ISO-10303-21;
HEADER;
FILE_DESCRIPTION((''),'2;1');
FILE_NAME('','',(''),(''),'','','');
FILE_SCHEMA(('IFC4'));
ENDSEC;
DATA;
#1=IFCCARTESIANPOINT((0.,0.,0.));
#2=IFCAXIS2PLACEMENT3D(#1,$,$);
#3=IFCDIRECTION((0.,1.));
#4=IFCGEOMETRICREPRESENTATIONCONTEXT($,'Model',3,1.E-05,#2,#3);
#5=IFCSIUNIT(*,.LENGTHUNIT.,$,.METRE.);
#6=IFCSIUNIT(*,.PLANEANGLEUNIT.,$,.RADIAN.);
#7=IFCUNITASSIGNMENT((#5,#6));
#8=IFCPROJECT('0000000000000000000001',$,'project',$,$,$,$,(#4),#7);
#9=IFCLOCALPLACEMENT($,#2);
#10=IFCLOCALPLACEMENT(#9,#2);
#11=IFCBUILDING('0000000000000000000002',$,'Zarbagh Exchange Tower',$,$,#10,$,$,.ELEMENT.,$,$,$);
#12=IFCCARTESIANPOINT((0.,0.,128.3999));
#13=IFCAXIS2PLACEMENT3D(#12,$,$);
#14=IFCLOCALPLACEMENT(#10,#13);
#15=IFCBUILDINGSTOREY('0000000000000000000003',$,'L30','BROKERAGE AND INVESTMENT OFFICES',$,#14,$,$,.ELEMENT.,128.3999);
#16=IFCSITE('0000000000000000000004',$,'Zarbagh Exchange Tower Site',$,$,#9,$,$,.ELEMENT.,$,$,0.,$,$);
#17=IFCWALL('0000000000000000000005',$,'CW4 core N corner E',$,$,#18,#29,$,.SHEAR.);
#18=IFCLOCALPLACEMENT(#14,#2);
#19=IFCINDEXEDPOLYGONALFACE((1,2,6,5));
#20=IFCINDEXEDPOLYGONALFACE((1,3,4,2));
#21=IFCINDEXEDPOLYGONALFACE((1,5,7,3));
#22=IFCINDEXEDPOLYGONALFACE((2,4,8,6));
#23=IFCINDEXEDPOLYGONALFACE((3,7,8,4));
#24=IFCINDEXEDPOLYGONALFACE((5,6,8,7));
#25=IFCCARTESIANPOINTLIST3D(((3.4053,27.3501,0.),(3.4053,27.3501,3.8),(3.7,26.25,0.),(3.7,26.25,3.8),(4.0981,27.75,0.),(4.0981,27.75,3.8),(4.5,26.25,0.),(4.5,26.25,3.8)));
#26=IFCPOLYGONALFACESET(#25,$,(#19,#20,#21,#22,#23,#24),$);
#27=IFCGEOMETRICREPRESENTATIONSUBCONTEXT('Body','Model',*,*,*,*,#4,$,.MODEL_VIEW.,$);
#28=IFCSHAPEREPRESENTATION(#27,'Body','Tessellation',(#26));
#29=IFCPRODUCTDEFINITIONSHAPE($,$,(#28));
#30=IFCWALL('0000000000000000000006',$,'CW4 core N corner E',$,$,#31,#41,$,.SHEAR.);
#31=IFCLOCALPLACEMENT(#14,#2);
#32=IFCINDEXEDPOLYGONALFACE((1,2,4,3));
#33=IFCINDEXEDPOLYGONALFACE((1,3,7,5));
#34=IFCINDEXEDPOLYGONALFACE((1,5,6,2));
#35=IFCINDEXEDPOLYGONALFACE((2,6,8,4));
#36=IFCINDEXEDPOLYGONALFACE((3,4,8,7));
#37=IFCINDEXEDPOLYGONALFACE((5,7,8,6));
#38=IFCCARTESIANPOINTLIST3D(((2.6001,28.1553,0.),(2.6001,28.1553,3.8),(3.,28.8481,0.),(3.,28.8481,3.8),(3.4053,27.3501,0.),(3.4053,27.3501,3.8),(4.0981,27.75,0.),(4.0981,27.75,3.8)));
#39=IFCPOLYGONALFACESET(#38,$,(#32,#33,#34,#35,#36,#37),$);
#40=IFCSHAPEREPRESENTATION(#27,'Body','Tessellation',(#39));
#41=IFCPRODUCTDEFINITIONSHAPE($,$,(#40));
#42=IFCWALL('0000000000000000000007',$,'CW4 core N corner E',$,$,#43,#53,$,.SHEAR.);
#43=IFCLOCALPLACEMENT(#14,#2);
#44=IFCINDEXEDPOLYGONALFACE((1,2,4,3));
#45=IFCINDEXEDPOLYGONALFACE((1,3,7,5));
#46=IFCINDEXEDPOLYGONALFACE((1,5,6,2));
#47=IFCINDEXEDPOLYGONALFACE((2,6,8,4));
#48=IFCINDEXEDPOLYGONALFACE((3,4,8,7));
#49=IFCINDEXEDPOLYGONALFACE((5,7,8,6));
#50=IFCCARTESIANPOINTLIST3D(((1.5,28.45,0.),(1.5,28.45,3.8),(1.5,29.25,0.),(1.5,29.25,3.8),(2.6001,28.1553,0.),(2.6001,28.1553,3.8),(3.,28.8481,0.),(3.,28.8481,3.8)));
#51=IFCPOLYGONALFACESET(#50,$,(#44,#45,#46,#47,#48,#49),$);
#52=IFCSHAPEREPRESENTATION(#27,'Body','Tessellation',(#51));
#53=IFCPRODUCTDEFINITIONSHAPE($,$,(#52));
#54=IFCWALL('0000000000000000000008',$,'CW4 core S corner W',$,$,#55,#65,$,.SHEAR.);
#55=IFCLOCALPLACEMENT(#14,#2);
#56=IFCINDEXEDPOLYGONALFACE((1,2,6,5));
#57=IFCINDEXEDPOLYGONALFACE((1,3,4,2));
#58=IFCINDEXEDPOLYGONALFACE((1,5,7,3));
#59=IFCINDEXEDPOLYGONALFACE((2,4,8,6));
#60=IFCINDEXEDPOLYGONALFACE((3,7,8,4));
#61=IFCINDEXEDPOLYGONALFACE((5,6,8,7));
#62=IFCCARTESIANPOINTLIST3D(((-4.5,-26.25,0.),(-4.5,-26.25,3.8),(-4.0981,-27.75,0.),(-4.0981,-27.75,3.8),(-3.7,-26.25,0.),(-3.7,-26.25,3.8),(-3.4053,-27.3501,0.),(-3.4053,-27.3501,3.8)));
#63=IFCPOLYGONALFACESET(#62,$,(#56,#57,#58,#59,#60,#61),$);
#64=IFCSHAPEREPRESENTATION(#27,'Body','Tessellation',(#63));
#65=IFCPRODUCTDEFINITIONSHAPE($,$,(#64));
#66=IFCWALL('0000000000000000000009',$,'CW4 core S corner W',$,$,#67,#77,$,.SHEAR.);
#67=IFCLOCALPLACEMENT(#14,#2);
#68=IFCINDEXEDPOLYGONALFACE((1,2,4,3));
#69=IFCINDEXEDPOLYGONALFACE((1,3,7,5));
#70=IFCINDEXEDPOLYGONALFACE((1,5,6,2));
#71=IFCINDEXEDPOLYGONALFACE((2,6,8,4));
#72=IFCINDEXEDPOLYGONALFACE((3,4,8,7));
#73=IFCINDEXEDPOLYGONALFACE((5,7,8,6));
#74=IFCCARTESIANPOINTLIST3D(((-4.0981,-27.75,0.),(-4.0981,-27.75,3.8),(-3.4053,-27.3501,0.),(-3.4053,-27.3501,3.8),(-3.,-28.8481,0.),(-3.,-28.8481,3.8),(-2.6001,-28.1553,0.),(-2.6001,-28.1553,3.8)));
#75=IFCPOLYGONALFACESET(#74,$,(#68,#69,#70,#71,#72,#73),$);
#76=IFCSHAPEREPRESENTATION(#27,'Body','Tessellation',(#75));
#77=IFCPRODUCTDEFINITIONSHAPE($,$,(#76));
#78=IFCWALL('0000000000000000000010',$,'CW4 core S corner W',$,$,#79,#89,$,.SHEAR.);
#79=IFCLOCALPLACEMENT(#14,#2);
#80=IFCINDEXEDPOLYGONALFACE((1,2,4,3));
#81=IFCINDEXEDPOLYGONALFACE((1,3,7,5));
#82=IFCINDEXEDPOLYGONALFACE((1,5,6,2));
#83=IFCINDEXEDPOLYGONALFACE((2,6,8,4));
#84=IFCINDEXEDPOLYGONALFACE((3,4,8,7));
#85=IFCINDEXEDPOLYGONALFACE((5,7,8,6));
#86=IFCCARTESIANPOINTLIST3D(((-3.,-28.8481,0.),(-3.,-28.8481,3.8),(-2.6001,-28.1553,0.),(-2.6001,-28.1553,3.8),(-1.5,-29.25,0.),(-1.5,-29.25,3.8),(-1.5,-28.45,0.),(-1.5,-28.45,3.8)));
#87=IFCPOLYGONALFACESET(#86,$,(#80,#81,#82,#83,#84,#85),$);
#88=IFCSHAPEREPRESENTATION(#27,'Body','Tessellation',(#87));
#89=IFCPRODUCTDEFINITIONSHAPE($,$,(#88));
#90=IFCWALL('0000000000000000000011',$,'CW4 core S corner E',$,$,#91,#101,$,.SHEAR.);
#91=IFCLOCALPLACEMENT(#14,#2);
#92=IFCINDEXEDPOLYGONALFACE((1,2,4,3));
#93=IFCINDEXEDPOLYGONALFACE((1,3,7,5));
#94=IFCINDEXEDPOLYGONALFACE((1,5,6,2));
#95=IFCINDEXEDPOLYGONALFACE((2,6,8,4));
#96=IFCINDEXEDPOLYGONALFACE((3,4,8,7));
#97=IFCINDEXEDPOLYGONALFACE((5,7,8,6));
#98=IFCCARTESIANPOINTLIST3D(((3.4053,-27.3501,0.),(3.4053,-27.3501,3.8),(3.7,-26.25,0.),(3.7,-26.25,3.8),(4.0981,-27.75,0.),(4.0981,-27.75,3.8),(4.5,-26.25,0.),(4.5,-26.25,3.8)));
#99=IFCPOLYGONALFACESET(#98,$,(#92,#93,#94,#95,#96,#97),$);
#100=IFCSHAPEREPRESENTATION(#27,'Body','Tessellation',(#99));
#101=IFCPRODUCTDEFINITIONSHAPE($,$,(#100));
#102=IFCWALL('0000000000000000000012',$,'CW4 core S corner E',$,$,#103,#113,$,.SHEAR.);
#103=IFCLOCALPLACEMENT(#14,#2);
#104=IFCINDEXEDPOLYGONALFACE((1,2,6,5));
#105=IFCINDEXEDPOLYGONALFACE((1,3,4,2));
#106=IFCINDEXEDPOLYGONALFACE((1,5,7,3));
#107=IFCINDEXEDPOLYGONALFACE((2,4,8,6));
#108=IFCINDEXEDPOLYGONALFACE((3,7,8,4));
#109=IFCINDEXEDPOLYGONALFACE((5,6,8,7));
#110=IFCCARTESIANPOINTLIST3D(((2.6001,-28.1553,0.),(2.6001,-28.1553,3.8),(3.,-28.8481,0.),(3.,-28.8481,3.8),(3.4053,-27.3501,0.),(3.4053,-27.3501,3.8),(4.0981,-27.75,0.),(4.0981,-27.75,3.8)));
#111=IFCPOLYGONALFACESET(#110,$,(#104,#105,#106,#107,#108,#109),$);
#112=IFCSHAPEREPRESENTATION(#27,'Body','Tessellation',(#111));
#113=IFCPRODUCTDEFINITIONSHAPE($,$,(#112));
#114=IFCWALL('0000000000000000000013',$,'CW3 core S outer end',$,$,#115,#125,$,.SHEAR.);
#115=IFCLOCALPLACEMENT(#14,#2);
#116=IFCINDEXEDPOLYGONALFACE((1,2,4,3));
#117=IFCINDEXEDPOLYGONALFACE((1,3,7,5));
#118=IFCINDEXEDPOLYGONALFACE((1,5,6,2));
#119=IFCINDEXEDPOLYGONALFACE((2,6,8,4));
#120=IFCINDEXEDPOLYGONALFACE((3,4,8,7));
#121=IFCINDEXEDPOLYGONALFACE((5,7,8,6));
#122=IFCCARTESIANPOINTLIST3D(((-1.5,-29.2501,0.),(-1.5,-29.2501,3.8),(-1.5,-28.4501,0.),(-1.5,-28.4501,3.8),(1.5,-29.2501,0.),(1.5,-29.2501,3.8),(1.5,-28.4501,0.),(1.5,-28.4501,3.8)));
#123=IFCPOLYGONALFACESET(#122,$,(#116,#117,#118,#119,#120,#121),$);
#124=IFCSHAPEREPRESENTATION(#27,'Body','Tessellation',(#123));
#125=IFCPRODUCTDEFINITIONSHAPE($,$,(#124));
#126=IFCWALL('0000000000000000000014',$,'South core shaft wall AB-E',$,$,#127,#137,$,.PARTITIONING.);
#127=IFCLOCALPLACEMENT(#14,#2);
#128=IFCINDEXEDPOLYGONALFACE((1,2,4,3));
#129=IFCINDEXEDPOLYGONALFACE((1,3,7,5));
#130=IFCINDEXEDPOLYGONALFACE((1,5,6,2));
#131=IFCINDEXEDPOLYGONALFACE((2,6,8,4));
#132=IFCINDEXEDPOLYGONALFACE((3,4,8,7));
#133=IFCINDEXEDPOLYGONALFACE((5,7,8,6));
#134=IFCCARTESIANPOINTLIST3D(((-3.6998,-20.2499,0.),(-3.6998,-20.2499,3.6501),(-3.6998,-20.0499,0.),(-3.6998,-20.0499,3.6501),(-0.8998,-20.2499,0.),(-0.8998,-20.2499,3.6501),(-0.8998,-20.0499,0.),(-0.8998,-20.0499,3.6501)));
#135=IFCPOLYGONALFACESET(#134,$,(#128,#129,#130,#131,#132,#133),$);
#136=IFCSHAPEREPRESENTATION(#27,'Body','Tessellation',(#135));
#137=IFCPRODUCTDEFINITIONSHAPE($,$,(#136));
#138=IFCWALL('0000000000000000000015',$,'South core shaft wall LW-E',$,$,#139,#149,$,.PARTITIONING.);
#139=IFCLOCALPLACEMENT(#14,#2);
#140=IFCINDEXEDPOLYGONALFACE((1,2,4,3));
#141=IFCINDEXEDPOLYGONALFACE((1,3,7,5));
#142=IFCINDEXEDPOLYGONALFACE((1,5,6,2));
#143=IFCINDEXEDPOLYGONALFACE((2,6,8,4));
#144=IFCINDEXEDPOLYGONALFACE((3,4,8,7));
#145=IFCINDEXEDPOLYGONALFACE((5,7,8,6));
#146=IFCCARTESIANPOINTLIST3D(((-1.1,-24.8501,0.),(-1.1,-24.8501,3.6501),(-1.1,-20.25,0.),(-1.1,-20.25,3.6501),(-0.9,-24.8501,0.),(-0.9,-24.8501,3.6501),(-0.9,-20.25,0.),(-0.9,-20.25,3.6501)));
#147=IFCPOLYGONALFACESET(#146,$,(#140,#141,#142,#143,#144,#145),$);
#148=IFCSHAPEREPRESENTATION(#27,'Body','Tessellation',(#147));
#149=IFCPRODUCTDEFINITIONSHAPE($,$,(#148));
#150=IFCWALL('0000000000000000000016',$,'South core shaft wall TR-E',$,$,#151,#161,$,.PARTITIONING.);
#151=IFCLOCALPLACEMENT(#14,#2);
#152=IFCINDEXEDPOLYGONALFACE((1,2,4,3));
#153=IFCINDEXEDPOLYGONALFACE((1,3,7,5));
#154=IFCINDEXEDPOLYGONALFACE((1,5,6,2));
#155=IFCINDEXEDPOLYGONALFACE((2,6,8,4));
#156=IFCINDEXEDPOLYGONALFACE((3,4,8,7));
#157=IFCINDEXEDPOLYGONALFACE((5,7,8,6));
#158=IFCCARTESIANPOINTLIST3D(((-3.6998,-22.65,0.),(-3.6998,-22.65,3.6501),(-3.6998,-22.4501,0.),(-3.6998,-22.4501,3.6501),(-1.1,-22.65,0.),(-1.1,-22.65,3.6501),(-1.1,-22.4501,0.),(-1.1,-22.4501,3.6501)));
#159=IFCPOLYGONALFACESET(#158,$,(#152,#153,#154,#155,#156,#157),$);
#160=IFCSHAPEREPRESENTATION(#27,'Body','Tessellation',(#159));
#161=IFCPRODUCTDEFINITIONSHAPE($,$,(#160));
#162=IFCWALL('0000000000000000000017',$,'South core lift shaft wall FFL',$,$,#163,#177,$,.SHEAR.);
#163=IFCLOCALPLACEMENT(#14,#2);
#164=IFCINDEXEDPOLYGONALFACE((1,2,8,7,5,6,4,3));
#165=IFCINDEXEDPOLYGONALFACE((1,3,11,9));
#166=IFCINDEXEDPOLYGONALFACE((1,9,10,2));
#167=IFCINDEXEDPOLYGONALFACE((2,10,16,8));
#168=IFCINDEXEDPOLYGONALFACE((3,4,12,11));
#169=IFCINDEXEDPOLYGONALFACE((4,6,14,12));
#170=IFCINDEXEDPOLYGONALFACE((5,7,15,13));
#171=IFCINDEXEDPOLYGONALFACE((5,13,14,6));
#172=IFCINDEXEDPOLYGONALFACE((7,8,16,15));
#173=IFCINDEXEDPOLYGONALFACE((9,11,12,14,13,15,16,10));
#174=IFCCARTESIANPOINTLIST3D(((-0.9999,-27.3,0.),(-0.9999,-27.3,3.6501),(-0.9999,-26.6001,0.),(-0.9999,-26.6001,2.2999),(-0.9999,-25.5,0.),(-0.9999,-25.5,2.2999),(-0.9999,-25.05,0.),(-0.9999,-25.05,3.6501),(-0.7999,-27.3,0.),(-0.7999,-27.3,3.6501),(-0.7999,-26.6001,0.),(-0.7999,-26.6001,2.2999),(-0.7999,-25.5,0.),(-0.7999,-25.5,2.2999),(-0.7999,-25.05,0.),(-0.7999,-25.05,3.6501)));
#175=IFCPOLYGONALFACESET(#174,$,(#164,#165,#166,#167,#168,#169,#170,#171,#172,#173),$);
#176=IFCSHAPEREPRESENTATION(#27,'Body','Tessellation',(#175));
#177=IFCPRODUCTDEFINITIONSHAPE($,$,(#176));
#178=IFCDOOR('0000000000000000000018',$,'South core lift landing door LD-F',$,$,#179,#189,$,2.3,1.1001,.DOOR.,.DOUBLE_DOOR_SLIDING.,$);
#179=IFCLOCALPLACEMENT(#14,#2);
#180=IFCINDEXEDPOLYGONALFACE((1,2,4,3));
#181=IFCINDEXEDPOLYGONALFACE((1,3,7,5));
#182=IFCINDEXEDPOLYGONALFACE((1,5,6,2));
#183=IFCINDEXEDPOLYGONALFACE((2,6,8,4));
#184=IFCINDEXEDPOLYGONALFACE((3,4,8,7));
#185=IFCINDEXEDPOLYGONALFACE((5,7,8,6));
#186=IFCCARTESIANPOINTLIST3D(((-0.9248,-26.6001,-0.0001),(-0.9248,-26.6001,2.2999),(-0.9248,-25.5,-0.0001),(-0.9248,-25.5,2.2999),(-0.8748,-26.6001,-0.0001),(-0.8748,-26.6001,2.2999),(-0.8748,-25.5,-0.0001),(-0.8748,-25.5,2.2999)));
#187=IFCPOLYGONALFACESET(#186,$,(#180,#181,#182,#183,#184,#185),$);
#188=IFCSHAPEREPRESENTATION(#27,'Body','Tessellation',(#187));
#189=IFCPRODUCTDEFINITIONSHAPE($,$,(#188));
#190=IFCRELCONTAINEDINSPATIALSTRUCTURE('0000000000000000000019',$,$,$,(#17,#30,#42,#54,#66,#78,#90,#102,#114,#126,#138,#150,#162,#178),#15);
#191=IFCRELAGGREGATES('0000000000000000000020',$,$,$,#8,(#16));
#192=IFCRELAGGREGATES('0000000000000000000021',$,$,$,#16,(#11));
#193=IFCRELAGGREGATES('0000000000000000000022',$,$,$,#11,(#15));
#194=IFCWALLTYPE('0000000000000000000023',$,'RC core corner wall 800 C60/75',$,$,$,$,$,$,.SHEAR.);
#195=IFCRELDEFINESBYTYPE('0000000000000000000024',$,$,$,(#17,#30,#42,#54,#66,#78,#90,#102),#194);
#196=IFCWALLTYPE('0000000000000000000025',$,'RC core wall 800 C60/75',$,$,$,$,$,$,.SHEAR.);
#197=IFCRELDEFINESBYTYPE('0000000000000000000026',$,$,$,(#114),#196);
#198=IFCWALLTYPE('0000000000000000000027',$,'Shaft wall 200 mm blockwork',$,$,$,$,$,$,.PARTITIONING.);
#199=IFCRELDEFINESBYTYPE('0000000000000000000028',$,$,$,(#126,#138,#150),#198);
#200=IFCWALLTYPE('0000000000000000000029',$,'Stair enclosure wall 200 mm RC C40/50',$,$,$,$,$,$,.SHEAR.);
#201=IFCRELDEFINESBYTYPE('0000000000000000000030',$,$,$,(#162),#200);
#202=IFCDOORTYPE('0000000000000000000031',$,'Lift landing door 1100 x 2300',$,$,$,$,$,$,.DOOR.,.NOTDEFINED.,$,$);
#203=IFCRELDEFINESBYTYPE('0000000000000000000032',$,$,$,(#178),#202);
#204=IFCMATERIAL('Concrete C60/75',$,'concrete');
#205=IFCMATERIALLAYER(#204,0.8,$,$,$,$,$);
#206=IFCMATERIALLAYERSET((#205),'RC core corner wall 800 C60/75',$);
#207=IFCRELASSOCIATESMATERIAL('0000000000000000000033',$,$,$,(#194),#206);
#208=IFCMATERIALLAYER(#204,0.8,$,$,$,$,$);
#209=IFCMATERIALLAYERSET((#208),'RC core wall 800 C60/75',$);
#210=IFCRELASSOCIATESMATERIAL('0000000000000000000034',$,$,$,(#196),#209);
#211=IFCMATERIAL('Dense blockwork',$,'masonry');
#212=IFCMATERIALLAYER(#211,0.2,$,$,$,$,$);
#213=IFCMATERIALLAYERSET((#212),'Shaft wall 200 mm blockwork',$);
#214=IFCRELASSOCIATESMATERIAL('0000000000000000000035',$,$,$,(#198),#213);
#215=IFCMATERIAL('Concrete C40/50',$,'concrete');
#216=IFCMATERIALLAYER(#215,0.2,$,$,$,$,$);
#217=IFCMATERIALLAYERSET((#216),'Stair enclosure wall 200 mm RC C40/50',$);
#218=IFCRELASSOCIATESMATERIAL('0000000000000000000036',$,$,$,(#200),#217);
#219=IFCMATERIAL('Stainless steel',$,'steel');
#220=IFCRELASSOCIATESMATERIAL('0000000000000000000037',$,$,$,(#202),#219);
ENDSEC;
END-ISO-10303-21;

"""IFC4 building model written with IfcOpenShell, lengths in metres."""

from ifc_helpers import new_model, si_unit, direction, frame, frame_2d, origin, place, context, subcontext, project, spatial, polyline, rectangle, outline, extrude, material, layer, layer_set, type_object, element, fill, save


model = new_model("IFC4")

# Units and contexts
model_context = context("Model", 3, precision=1e-05, world=origin(), true_north=direction((0.0, 1.0)))
body_context = subcontext(model_context, "Body", "Model", "MODEL_VIEW")
ifc_project = project(units=[si_unit("LENGTHUNIT", "METRE"), si_unit("PLANEANGLEUNIT", "RADIAN")], contexts=[model_context])

# Site, building, storey
site_placement = place(None, origin())
site = spatial("IfcSite", under=ifc_project, at=site_placement, Name="Zarbagh Exchange Tower Site", CompositionType="ELEMENT", RefElevation=0.0)
building_placement = place(site_placement, origin())
building = spatial("IfcBuilding", under=site, at=building_placement, Name="Zarbagh Exchange Tower", CompositionType="ELEMENT")
storey_placement = place(building_placement, frame((0.0, 0.0, 128.3999)))
storey = spatial("IfcBuildingStorey", under=building, at=storey_placement, Name="L30", Description="BROKERAGE AND INVESTMENT OFFICES", CompositionType="ELEMENT", Elevation=128.3999)

# Shared definitions
ifc_material_1 = material(Name="Concrete C60/75", Category="concrete")

# Shared definitions
ifc_material_2 = material(Name="Concrete C40/50", Category="concrete")

# Walls
ifc_layer_1 = layer(ifc_material_1, 0.8)
ifc_layer_set_1 = layer_set([ifc_layer_1], Name="RC core corner wall 800 C60/75")
wall_type_1 = type_object("IfcWallType", Name="RC core corner wall 800 C60/75", PredefinedType="SHEAR", material=ifc_layer_set_1)
wall_1_placement = place(storey_placement, origin())
element("IfcWall", 1, at=wall_1_placement, inside=storey, type_object=wall_type_1, Name="CW4 core N corner E", PredefinedType="SHEAR", context=body_context, shape_type="SweptSolid", body=[
    extrude(outline(polyline([(4.5, 26.25), (4.0981, 27.75), (3.4053, 27.3501), (3.7, 26.25), (4.5, 26.25)])), origin(), (0.0, 0.0, 1.0), 3.8),
])
wall_2_placement = place(storey_placement, origin())
element("IfcWall", 2, at=wall_2_placement, inside=storey, type_object=wall_type_1, Name="CW4 core N corner E", PredefinedType="SHEAR", context=body_context, shape_type="SweptSolid", body=[
    extrude(outline(polyline([(4.0981, 27.75), (3.0, 28.8481), (2.6001, 28.1553), (3.4053, 27.3501), (4.0981, 27.75)])), origin(), (0.0, 0.0, 1.0), 3.8),
])
wall_3_placement = place(storey_placement, origin())
element("IfcWall", 3, at=wall_3_placement, inside=storey, type_object=wall_type_1, Name="CW4 core N corner E", PredefinedType="SHEAR", context=body_context, shape_type="SweptSolid", body=[
    extrude(outline(polyline([(3.0, 28.8481), (1.5, 29.25), (1.5, 28.45), (2.6001, 28.1553), (3.0, 28.8481)])), origin(), (0.0, 0.0, 1.0), 3.8),
])
wall_4_placement = place(storey_placement, origin())
element("IfcWall", 4, at=wall_4_placement, inside=storey, type_object=wall_type_1, Name="CW4 core S corner W", PredefinedType="SHEAR", context=body_context, shape_type="SweptSolid", body=[
    extrude(outline(polyline([(-4.5, -26.25), (-4.0981, -27.75), (-3.4053, -27.3501), (-3.7, -26.25), (-4.5, -26.25)])), origin(), (0.0, 0.0, 1.0), 3.8),
])
wall_5_placement = place(storey_placement, origin())
element("IfcWall", 5, at=wall_5_placement, inside=storey, type_object=wall_type_1, Name="CW4 core S corner W", PredefinedType="SHEAR", context=body_context, shape_type="SweptSolid", body=[
    extrude(outline(polyline([(-4.0981, -27.75), (-3.0, -28.8481), (-2.6001, -28.1553), (-3.4053, -27.3501), (-4.0981, -27.75)])), origin(), (0.0, 0.0, 1.0), 3.8),
])
wall_6_placement = place(storey_placement, origin())
element("IfcWall", 6, at=wall_6_placement, inside=storey, type_object=wall_type_1, Name="CW4 core S corner W", PredefinedType="SHEAR", context=body_context, shape_type="SweptSolid", body=[
    extrude(outline(polyline([(-3.0, -28.8481), (-1.5, -29.25), (-1.5, -28.45), (-2.6001, -28.1553), (-3.0, -28.8481)])), origin(), (0.0, 0.0, 1.0), 3.8),
])
wall_7_placement = place(storey_placement, origin())
element("IfcWall", 7, at=wall_7_placement, inside=storey, type_object=wall_type_1, Name="CW4 core S corner E", PredefinedType="SHEAR", context=body_context, shape_type="SweptSolid", body=[
    extrude(outline(polyline([(4.5, -26.25), (4.0981, -27.75), (3.4053, -27.3501), (3.7, -26.25), (4.5, -26.25)])), origin(), (0.0, 0.0, 1.0), 3.8),
])
wall_8_placement = place(storey_placement, origin())
element("IfcWall", 8, at=wall_8_placement, inside=storey, type_object=wall_type_1, Name="CW4 core S corner E", PredefinedType="SHEAR", context=body_context, shape_type="SweptSolid", body=[
    extrude(outline(polyline([(4.0981, -27.75), (3.0, -28.8481), (2.6001, -28.1553), (3.4053, -27.3501), (4.0981, -27.75)])), origin(), (0.0, 0.0, 1.0), 3.8),
])
ifc_layer_2 = layer(ifc_material_1, 0.8)
ifc_layer_set_2 = layer_set([ifc_layer_2], Name="RC core wall 800 C60/75")
wall_type_2 = type_object("IfcWallType", Name="RC core wall 800 C60/75", PredefinedType="SHEAR", material=ifc_layer_set_2)
wall_9_placement = place(storey_placement, frame((-1.5, -28.8501, 0.0), z_axis=(0.0, 0.0, 1.0), x_axis=(1.0, 0.0, 0.0)))
element("IfcWall", 9, at=wall_9_placement, inside=storey, type_object=wall_type_2, Name="CW3 core S outer end", PredefinedType="SHEAR", context=body_context, shape_type="SweptSolid", body=[
    extrude(rectangle(XDim=3.0, YDim=0.8, at=frame_2d((1.5, 0.0))), origin(), (0.0, 0.0, 1.0), 3.8),
])
ifc_material_3 = material(Name="Dense blockwork", Category="masonry")
ifc_layer_3 = layer(ifc_material_3, 0.2)
ifc_layer_set_3 = layer_set([ifc_layer_3], Name="Shaft wall 200 mm blockwork")
wall_type_3 = type_object("IfcWallType", Name="Shaft wall 200 mm blockwork", PredefinedType="PARTITIONING", material=ifc_layer_set_3)
wall_10_placement = place(storey_placement, frame((-0.8999, -20.1499, 0.0), z_axis=(0.0, 0.0, 1.0), x_axis=(-1.0, 0.0, 0.0)))
element("IfcWall", 10, at=wall_10_placement, inside=storey, type_object=wall_type_3, Name="South core shaft wall AB-E", PredefinedType="PARTITIONING", context=body_context, shape_type="SweptSolid", body=[
    extrude(rectangle(XDim=2.8, YDim=0.2, at=frame_2d((1.3999, 0.0))), origin(), (0.0, 0.0, 1.0), 3.6501),
])
wall_11_placement = place(storey_placement, frame((-1.0, -24.8501, 0.0), z_axis=(0.0, 0.0, 1.0), x_axis=(0.0, 1.0, 0.0)))
element("IfcWall", 11, at=wall_11_placement, inside=storey, type_object=wall_type_3, Name="South core shaft wall LW-E", PredefinedType="PARTITIONING", context=body_context, shape_type="SweptSolid", body=[
    extrude(rectangle(XDim=4.6001, YDim=0.2, at=frame_2d((2.3, 0.0))), origin(), (0.0, 0.0, 1.0), 3.6501),
])
wall_12_placement = place(storey_placement, frame((-1.1001, -22.55, 0.0), z_axis=(0.0, 0.0, 1.0), x_axis=(-1.0, 0.0, 0.0)))
element("IfcWall", 12, at=wall_12_placement, inside=storey, type_object=wall_type_3, Name="South core shaft wall TR-E", PredefinedType="PARTITIONING", context=body_context, shape_type="SweptSolid", body=[
    extrude(rectangle(XDim=2.5999, YDim=0.2, at=frame_2d((1.2998, 0.0))), origin(), (0.0, 0.0, 1.0), 3.6501),
])

# Wall, opening, door
ifc_layer_4 = layer(ifc_material_2, 0.2)
ifc_layer_set_4 = layer_set([ifc_layer_4], Name="Stair enclosure wall 200 mm RC C40/50")
wall_type_4 = type_object("IfcWallType", Name="Stair enclosure wall 200 mm RC C40/50", PredefinedType="SHEAR", material=ifc_layer_set_4)
wall_13_placement = place(storey_placement, frame((-0.8999, -27.3, 0.0), z_axis=(0.0, 0.0, 1.0), x_axis=(0.0, 1.0, 0.0)))
wall_13 = element("IfcWall", 13, at=wall_13_placement, inside=storey, type_object=wall_type_4, Name="South core lift shaft wall FFL", PredefinedType="SHEAR", context=body_context, shape_type="SweptSolid", body=[
    extrude(rectangle(XDim=2.25, YDim=0.2, at=frame_2d((1.125, 0.0))), origin(), (0.0, 0.0, 1.0), 3.6501),
])
opening_placement = place(wall_13_placement, frame((0.7, 0.0, 0.0)))
opening = element("IfcOpeningElement", 14, at=opening_placement, cuts=wall_13, PredefinedType="OPENING", context=body_context, shape_type="SweptSolid", body=[
    extrude(rectangle(XDim=1.1001, YDim=2.3, at=frame_2d((0.55, 1.1499))), frame((0.0, 0.1099, 0.0), z_axis=(0.0, -1.0, 0.0), x_axis=(1.0, 0.0, 0.0)), (0.0, 0.0, 1.0), 0.22),
])
ifc_material_4 = material(Name="Stainless steel", Category="steel")
door_type = type_object("IfcDoorType", Name="Lift landing door 1100 x 2300", OperationType="NOTDEFINED", PredefinedType="DOOR", material=ifc_material_4)
door_placement = place(opening_placement, origin())
door = element("IfcDoor", 15, at=door_placement, inside=storey, type_object=door_type, Name="South core lift landing door LD-F", OperationType="DOUBLE_DOOR_SLIDING", OverallHeight=2.3, OverallWidth=1.1001, PredefinedType="DOOR", context=body_context, shape_type="SweptSolid", body=[
    extrude(rectangle(XDim=1.1001, YDim=2.3, at=frame_2d((0.55, 1.1499))), frame((0.0, 0.0249, 0.0), z_axis=(0.0, -1.0, 0.0), x_axis=(1.0, 0.0, 0.0)), (0.0, 0.0, 1.0), 0.05),
])
fill(opening, door)

save(model, "model.ifc")
